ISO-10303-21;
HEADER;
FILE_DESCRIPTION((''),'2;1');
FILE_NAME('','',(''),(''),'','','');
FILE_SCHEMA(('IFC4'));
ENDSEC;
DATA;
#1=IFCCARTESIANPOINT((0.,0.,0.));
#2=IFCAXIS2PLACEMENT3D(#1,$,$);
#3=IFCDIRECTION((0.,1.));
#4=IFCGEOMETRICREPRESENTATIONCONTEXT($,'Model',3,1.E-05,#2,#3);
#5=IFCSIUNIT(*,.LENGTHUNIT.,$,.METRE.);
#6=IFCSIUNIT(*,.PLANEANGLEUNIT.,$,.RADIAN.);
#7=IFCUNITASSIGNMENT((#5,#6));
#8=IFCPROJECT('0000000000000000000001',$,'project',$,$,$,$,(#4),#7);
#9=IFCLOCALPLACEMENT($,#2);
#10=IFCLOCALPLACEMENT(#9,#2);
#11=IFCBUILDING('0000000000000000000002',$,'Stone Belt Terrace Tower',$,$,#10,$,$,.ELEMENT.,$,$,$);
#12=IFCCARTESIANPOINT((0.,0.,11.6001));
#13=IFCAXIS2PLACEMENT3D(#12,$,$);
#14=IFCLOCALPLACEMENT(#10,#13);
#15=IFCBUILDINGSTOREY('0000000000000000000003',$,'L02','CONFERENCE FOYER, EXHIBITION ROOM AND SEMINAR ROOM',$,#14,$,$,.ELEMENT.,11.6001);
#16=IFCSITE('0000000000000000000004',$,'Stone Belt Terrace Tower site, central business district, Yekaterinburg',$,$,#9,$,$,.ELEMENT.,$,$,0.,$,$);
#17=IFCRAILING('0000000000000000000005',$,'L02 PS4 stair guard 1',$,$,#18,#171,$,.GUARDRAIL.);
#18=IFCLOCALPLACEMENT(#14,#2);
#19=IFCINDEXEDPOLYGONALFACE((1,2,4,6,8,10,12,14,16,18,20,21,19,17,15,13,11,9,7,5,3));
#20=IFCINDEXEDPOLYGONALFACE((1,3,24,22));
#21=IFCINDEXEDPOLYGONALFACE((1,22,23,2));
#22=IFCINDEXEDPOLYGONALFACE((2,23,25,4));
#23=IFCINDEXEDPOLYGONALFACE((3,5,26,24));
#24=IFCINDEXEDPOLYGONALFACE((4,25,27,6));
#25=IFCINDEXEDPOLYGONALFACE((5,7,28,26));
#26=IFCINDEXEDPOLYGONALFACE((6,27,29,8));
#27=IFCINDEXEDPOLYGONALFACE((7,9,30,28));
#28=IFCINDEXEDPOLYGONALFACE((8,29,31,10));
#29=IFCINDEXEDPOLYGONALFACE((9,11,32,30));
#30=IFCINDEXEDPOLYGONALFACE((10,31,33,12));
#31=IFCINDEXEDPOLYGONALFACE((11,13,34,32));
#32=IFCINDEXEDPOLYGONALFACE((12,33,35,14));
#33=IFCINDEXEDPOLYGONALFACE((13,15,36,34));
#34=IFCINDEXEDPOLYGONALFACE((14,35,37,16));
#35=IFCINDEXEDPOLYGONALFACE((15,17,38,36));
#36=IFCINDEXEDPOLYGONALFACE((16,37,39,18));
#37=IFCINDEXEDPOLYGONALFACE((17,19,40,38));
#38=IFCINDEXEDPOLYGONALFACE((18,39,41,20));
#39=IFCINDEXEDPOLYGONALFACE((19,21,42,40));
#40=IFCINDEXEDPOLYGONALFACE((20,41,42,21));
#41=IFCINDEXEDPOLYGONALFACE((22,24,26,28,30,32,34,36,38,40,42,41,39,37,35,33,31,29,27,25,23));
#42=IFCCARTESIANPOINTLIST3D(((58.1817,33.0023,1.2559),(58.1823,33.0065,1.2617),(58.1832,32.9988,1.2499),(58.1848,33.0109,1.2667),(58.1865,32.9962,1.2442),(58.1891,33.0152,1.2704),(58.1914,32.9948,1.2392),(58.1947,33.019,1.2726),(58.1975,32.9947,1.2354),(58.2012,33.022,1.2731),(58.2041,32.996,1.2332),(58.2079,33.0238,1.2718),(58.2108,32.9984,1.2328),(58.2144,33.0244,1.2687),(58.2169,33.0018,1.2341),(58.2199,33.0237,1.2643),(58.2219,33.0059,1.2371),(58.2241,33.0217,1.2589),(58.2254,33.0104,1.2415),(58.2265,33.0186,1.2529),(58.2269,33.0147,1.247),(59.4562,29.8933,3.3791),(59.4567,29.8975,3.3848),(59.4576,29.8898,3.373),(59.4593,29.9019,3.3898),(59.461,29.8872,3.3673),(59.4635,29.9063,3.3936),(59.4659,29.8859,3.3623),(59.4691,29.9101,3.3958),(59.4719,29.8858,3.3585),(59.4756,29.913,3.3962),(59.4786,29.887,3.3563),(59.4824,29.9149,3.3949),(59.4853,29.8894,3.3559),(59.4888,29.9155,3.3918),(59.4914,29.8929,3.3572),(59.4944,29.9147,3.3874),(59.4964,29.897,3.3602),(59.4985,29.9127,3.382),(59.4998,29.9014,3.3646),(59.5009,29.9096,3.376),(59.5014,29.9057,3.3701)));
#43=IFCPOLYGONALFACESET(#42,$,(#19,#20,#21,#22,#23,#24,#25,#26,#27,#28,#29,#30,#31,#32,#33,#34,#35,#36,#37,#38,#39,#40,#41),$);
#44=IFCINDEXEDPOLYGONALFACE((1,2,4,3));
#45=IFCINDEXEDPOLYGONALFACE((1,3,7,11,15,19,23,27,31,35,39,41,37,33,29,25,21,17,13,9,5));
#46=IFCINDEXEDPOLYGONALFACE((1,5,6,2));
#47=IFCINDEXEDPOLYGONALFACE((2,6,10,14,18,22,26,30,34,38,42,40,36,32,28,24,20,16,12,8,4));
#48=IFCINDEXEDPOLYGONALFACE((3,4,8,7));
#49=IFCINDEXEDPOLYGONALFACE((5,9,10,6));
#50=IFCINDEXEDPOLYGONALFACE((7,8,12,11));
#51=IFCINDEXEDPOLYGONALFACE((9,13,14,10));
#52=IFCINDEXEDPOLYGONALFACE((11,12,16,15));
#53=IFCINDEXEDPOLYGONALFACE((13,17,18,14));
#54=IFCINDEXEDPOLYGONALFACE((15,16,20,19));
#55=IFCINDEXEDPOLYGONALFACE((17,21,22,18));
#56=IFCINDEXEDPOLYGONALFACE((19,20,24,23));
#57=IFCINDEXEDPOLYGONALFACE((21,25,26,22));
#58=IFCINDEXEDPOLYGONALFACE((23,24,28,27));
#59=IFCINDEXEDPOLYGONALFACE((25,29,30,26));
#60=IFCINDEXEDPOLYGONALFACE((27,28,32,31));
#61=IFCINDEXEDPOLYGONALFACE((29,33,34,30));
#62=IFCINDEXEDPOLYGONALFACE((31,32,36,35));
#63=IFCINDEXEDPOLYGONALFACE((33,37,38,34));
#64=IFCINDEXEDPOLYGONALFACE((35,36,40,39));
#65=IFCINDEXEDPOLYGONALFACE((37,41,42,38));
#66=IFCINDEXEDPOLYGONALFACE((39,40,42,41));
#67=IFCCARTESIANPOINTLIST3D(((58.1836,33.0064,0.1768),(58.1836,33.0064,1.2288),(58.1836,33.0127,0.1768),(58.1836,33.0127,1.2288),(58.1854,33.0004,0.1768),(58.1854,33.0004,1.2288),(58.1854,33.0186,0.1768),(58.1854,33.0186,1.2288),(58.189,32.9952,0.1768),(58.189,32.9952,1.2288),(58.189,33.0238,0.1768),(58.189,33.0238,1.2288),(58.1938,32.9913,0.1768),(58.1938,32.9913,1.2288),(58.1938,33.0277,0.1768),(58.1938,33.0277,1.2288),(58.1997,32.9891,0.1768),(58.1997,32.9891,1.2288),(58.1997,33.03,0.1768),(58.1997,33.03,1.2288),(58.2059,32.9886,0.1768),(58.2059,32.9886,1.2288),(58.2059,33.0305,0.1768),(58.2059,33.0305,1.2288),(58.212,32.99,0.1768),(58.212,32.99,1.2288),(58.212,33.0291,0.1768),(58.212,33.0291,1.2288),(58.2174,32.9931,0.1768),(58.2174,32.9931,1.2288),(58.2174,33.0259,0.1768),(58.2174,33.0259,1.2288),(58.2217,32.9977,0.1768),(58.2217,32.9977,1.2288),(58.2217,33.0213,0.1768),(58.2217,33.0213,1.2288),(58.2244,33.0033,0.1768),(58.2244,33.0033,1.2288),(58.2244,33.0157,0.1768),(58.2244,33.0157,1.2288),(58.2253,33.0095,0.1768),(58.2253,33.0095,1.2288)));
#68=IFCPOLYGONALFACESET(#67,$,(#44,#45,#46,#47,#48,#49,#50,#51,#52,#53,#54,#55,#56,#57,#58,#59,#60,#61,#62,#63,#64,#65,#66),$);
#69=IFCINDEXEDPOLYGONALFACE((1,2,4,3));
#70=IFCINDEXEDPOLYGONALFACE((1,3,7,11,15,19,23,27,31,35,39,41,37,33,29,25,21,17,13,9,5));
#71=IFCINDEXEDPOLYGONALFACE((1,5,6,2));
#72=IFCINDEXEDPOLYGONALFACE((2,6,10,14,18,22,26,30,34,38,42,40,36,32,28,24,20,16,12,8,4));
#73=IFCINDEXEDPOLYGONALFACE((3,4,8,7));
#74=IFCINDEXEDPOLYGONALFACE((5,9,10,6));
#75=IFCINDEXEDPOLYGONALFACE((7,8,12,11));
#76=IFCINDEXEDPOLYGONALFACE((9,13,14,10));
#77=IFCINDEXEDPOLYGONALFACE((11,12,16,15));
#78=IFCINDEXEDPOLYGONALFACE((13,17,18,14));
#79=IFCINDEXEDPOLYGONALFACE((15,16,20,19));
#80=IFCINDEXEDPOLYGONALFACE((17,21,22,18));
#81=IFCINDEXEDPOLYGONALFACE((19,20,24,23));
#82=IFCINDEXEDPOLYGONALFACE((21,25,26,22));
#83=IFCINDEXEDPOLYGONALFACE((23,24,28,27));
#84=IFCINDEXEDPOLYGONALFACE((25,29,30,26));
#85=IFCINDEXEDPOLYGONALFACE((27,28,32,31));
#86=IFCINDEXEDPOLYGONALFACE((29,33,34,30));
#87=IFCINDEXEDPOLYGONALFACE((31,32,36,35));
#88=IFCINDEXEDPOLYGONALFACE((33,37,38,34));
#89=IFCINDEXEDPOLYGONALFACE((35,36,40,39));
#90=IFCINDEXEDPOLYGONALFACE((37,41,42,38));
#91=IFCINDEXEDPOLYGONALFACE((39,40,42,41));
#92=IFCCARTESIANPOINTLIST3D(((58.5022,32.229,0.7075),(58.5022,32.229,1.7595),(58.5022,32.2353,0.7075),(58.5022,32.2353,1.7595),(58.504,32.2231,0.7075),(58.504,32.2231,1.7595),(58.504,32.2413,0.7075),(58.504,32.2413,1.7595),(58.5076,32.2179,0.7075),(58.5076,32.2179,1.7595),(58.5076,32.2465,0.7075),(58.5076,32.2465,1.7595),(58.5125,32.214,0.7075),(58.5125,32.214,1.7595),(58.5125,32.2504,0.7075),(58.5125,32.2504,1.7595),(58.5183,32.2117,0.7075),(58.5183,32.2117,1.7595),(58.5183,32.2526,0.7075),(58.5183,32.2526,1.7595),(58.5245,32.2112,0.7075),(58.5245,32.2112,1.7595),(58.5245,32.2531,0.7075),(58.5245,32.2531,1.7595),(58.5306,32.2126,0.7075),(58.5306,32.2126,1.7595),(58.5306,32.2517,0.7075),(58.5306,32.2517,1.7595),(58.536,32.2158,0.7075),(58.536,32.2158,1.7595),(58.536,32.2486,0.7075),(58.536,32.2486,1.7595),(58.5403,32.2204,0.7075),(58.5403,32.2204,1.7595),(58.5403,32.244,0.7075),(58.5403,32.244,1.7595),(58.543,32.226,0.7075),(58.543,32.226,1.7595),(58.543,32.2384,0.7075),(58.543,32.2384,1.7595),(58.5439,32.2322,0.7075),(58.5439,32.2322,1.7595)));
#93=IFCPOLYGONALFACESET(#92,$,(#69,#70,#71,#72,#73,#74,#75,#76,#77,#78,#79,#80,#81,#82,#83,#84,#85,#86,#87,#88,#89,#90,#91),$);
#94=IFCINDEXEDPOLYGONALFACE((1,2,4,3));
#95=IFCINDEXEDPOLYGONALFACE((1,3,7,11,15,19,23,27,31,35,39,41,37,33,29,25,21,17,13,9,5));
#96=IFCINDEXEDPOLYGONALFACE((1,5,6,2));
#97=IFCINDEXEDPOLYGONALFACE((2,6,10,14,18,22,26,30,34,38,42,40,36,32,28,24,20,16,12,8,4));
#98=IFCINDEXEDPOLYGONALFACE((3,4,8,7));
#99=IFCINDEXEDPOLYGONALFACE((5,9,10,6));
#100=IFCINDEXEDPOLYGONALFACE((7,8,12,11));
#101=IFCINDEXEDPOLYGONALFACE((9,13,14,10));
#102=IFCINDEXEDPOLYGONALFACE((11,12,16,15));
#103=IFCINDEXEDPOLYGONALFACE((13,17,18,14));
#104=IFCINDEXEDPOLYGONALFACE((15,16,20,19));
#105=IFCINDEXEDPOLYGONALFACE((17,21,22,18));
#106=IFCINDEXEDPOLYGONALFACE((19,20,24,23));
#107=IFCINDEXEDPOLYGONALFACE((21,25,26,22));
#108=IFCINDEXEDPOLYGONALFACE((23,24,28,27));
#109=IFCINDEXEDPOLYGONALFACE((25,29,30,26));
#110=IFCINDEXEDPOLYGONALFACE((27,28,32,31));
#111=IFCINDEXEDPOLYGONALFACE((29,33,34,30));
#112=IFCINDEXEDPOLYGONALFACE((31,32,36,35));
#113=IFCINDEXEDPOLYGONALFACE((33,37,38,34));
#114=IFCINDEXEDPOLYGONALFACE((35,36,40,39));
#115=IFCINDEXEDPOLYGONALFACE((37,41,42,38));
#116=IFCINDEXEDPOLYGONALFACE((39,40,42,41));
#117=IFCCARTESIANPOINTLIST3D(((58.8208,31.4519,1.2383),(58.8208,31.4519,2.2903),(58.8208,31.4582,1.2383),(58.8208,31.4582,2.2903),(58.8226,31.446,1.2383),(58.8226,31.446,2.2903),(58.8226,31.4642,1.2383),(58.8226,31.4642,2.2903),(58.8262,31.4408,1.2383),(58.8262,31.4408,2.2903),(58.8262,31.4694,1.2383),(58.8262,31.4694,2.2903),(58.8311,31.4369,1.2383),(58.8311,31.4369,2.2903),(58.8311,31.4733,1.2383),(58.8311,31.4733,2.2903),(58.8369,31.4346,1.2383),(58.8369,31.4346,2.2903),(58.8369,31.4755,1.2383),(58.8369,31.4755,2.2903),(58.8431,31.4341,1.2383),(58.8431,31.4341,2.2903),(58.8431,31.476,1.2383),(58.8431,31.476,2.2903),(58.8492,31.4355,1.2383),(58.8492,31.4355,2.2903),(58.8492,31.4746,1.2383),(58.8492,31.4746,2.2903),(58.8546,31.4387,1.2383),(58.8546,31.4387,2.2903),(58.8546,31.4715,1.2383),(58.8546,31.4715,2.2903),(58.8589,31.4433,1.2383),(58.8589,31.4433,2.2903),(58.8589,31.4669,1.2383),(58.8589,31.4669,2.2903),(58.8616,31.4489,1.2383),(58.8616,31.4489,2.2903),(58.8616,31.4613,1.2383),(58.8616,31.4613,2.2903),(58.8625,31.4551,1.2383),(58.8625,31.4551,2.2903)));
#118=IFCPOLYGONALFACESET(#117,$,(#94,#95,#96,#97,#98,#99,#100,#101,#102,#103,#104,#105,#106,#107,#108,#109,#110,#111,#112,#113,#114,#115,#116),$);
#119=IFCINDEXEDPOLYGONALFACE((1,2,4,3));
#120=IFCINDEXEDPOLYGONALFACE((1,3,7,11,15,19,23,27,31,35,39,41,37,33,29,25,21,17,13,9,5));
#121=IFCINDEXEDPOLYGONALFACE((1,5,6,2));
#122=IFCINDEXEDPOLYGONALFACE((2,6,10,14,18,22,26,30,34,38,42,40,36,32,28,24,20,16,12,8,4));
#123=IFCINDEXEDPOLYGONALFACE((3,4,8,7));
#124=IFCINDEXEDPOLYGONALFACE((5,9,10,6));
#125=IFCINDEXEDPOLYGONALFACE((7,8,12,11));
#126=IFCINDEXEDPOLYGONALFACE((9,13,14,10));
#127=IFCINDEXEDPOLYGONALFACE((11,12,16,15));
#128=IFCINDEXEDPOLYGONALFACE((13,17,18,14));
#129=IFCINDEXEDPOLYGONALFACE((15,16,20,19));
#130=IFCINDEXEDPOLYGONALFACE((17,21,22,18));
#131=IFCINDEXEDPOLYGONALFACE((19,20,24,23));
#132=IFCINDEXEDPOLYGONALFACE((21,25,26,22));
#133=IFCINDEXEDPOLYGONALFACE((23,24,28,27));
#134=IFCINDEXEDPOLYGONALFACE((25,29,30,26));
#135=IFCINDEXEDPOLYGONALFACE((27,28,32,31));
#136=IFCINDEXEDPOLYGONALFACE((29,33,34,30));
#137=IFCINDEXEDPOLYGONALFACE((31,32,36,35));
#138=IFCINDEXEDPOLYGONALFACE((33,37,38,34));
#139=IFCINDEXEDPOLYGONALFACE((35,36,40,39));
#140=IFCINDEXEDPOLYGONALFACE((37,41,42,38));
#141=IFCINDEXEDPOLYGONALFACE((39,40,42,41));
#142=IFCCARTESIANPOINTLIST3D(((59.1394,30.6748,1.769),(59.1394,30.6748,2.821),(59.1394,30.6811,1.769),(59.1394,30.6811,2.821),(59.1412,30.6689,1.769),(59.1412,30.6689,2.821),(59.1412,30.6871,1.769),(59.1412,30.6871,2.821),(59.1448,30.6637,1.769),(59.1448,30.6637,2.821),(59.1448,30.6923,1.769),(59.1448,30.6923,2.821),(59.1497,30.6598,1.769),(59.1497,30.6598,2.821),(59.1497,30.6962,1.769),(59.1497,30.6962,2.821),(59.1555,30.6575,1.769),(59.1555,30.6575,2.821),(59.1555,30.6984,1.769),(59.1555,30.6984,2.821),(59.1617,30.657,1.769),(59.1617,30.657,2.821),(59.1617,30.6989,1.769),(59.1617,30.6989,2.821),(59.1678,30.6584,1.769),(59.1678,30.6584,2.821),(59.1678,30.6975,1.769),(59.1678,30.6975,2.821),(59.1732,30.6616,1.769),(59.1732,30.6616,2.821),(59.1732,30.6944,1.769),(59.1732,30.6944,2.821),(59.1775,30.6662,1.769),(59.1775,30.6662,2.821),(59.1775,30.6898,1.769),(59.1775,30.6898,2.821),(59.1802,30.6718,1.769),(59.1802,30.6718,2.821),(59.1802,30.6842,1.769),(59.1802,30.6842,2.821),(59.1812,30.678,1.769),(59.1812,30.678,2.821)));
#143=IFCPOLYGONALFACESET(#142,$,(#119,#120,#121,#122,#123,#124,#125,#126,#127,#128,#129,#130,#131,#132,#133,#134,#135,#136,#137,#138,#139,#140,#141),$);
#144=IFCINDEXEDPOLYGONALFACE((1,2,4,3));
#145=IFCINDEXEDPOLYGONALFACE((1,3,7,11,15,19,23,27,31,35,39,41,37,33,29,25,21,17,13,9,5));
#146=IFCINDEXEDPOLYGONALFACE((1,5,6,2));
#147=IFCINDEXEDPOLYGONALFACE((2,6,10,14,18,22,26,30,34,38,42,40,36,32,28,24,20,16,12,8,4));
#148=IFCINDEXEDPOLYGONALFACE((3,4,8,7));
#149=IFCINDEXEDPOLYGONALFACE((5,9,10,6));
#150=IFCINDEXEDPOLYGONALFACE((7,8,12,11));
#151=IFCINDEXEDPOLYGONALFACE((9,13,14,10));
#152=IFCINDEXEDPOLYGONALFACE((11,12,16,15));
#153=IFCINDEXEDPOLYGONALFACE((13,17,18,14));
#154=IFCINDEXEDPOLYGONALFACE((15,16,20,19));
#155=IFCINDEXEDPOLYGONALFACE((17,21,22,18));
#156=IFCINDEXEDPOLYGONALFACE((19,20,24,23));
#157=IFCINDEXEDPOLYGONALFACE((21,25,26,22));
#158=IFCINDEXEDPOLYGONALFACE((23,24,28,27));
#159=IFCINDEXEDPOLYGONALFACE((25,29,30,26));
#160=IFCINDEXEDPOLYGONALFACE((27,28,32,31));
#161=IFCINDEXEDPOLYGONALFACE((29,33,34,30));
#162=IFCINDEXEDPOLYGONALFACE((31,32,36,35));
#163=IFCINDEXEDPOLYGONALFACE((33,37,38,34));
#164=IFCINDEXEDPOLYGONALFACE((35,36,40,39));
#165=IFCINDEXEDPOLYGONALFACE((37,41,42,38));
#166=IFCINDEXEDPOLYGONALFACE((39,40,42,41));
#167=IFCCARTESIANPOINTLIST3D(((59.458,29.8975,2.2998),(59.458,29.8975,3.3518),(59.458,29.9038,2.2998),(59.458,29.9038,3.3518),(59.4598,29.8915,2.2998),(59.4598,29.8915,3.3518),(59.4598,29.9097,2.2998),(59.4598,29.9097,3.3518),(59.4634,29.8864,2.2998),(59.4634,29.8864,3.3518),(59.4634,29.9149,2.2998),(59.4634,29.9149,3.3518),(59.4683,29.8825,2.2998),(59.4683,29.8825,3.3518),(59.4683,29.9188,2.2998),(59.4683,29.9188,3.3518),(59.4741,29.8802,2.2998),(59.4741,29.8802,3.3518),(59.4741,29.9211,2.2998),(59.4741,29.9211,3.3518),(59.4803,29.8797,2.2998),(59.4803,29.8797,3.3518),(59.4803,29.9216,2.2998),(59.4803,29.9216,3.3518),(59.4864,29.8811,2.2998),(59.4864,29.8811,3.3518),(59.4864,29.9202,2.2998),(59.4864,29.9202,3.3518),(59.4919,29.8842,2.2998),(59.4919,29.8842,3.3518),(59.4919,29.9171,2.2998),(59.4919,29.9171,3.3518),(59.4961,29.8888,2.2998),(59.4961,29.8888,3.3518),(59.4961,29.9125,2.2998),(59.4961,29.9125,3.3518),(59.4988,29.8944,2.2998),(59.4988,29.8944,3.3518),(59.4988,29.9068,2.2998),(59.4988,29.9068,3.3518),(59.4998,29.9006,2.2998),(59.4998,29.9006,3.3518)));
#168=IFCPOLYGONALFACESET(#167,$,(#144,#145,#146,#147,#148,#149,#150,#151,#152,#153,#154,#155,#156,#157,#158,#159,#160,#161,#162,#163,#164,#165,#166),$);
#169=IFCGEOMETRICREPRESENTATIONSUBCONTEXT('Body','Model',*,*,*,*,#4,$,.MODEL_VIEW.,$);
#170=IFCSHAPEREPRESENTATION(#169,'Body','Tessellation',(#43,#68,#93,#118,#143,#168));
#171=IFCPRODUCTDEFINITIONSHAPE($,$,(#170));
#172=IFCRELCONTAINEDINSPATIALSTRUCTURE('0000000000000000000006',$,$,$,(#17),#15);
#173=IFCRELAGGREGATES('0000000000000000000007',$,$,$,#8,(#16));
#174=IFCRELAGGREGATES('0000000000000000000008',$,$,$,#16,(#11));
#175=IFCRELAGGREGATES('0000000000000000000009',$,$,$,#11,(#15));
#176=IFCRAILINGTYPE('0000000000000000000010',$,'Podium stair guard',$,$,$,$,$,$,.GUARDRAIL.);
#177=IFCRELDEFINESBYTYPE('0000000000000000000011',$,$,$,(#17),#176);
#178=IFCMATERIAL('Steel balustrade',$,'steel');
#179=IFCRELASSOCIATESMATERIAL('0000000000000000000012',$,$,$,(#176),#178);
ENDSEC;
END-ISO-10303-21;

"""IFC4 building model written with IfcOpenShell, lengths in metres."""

from ifc_helpers import new_model, si_unit, direction, frame, origin, origin_2d, place, context, subcontext, project, spatial, circle, extrude, material, type_object, element, save


model = new_model("IFC4")

# Units and contexts
model_context = context("Model", 3, precision=1e-05, world=origin(), true_north=direction((0.0, 1.0)))
body_context = subcontext(model_context, "Body", "Model", "MODEL_VIEW")
ifc_project = project(units=[si_unit("LENGTHUNIT", "METRE"), si_unit("PLANEANGLEUNIT", "RADIAN")], contexts=[model_context])

# Site, building, storey
site_placement = place(None, origin())
site = spatial("IfcSite", under=ifc_project, at=site_placement, Name="Stone Belt Terrace Tower site, central business district, Yekaterinburg", CompositionType="ELEMENT", RefElevation=0.0)
building_placement = place(site_placement, origin())
building = spatial("IfcBuilding", under=site, at=building_placement, Name="Stone Belt Terrace Tower", CompositionType="ELEMENT")
storey_placement = place(building_placement, frame((0.0, 0.0, 11.6001)))
storey = spatial("IfcBuildingStorey", under=building, at=storey_placement, Name="L02", Description="CONFERENCE FOYER, EXHIBITION ROOM AND SEMINAR ROOM", CompositionType="ELEMENT", Elevation=11.6001)

# Railing
ifc_material_1 = material(Name="Steel balustrade", Category="steel")
railing_type_1 = type_object("IfcRailingType", Name="Podium stair guard", PredefinedType="GUARDRAIL", material=ifc_material_1)
railing_1_placement = place(storey_placement, frame((58.2043, 33.0095, 0.1768)))
element("IfcRailing", 1, at=railing_1_placement, inside=storey, type_object=railing_type_1, Name="L02 PS4 stair guard 1", PredefinedType="GUARDRAIL", context=body_context, shape_type="SweptSolid", body=[
    extrude(circle(Radius=0.0239, at=origin_2d()), frame((0.0, 0.0, 1.0762), z_axis=(0.320648, -0.782209, 0.534167), x_axis=(0.925276, 0.379295, 0.0)), (0.0, 0.0, 1.0), 3.9746),
    extrude(circle(Radius=0.021, at=origin_2d()), origin(), (0.0, 0.0, 1.0), 1.052),
    extrude(circle(Radius=0.021, at=origin_2d()), frame((0.3186, -0.7773, 0.5308)), (0.0, 0.0, 1.0), 1.052),
    extrude(circle(Radius=0.021, at=origin_2d()), frame((0.6372, -1.5544, 1.0615)), (0.0, 0.0, 1.0), 1.052),
    extrude(circle(Radius=0.021, at=origin_2d()), frame((0.9558, -2.3315, 1.5923)), (0.0, 0.0, 1.0), 1.052),
    extrude(circle(Radius=0.021, at=origin_2d()), frame((1.2744, -3.1089, 2.123)), (0.0, 0.0, 1.0), 1.052),
])

save(model, "model.ifc")
